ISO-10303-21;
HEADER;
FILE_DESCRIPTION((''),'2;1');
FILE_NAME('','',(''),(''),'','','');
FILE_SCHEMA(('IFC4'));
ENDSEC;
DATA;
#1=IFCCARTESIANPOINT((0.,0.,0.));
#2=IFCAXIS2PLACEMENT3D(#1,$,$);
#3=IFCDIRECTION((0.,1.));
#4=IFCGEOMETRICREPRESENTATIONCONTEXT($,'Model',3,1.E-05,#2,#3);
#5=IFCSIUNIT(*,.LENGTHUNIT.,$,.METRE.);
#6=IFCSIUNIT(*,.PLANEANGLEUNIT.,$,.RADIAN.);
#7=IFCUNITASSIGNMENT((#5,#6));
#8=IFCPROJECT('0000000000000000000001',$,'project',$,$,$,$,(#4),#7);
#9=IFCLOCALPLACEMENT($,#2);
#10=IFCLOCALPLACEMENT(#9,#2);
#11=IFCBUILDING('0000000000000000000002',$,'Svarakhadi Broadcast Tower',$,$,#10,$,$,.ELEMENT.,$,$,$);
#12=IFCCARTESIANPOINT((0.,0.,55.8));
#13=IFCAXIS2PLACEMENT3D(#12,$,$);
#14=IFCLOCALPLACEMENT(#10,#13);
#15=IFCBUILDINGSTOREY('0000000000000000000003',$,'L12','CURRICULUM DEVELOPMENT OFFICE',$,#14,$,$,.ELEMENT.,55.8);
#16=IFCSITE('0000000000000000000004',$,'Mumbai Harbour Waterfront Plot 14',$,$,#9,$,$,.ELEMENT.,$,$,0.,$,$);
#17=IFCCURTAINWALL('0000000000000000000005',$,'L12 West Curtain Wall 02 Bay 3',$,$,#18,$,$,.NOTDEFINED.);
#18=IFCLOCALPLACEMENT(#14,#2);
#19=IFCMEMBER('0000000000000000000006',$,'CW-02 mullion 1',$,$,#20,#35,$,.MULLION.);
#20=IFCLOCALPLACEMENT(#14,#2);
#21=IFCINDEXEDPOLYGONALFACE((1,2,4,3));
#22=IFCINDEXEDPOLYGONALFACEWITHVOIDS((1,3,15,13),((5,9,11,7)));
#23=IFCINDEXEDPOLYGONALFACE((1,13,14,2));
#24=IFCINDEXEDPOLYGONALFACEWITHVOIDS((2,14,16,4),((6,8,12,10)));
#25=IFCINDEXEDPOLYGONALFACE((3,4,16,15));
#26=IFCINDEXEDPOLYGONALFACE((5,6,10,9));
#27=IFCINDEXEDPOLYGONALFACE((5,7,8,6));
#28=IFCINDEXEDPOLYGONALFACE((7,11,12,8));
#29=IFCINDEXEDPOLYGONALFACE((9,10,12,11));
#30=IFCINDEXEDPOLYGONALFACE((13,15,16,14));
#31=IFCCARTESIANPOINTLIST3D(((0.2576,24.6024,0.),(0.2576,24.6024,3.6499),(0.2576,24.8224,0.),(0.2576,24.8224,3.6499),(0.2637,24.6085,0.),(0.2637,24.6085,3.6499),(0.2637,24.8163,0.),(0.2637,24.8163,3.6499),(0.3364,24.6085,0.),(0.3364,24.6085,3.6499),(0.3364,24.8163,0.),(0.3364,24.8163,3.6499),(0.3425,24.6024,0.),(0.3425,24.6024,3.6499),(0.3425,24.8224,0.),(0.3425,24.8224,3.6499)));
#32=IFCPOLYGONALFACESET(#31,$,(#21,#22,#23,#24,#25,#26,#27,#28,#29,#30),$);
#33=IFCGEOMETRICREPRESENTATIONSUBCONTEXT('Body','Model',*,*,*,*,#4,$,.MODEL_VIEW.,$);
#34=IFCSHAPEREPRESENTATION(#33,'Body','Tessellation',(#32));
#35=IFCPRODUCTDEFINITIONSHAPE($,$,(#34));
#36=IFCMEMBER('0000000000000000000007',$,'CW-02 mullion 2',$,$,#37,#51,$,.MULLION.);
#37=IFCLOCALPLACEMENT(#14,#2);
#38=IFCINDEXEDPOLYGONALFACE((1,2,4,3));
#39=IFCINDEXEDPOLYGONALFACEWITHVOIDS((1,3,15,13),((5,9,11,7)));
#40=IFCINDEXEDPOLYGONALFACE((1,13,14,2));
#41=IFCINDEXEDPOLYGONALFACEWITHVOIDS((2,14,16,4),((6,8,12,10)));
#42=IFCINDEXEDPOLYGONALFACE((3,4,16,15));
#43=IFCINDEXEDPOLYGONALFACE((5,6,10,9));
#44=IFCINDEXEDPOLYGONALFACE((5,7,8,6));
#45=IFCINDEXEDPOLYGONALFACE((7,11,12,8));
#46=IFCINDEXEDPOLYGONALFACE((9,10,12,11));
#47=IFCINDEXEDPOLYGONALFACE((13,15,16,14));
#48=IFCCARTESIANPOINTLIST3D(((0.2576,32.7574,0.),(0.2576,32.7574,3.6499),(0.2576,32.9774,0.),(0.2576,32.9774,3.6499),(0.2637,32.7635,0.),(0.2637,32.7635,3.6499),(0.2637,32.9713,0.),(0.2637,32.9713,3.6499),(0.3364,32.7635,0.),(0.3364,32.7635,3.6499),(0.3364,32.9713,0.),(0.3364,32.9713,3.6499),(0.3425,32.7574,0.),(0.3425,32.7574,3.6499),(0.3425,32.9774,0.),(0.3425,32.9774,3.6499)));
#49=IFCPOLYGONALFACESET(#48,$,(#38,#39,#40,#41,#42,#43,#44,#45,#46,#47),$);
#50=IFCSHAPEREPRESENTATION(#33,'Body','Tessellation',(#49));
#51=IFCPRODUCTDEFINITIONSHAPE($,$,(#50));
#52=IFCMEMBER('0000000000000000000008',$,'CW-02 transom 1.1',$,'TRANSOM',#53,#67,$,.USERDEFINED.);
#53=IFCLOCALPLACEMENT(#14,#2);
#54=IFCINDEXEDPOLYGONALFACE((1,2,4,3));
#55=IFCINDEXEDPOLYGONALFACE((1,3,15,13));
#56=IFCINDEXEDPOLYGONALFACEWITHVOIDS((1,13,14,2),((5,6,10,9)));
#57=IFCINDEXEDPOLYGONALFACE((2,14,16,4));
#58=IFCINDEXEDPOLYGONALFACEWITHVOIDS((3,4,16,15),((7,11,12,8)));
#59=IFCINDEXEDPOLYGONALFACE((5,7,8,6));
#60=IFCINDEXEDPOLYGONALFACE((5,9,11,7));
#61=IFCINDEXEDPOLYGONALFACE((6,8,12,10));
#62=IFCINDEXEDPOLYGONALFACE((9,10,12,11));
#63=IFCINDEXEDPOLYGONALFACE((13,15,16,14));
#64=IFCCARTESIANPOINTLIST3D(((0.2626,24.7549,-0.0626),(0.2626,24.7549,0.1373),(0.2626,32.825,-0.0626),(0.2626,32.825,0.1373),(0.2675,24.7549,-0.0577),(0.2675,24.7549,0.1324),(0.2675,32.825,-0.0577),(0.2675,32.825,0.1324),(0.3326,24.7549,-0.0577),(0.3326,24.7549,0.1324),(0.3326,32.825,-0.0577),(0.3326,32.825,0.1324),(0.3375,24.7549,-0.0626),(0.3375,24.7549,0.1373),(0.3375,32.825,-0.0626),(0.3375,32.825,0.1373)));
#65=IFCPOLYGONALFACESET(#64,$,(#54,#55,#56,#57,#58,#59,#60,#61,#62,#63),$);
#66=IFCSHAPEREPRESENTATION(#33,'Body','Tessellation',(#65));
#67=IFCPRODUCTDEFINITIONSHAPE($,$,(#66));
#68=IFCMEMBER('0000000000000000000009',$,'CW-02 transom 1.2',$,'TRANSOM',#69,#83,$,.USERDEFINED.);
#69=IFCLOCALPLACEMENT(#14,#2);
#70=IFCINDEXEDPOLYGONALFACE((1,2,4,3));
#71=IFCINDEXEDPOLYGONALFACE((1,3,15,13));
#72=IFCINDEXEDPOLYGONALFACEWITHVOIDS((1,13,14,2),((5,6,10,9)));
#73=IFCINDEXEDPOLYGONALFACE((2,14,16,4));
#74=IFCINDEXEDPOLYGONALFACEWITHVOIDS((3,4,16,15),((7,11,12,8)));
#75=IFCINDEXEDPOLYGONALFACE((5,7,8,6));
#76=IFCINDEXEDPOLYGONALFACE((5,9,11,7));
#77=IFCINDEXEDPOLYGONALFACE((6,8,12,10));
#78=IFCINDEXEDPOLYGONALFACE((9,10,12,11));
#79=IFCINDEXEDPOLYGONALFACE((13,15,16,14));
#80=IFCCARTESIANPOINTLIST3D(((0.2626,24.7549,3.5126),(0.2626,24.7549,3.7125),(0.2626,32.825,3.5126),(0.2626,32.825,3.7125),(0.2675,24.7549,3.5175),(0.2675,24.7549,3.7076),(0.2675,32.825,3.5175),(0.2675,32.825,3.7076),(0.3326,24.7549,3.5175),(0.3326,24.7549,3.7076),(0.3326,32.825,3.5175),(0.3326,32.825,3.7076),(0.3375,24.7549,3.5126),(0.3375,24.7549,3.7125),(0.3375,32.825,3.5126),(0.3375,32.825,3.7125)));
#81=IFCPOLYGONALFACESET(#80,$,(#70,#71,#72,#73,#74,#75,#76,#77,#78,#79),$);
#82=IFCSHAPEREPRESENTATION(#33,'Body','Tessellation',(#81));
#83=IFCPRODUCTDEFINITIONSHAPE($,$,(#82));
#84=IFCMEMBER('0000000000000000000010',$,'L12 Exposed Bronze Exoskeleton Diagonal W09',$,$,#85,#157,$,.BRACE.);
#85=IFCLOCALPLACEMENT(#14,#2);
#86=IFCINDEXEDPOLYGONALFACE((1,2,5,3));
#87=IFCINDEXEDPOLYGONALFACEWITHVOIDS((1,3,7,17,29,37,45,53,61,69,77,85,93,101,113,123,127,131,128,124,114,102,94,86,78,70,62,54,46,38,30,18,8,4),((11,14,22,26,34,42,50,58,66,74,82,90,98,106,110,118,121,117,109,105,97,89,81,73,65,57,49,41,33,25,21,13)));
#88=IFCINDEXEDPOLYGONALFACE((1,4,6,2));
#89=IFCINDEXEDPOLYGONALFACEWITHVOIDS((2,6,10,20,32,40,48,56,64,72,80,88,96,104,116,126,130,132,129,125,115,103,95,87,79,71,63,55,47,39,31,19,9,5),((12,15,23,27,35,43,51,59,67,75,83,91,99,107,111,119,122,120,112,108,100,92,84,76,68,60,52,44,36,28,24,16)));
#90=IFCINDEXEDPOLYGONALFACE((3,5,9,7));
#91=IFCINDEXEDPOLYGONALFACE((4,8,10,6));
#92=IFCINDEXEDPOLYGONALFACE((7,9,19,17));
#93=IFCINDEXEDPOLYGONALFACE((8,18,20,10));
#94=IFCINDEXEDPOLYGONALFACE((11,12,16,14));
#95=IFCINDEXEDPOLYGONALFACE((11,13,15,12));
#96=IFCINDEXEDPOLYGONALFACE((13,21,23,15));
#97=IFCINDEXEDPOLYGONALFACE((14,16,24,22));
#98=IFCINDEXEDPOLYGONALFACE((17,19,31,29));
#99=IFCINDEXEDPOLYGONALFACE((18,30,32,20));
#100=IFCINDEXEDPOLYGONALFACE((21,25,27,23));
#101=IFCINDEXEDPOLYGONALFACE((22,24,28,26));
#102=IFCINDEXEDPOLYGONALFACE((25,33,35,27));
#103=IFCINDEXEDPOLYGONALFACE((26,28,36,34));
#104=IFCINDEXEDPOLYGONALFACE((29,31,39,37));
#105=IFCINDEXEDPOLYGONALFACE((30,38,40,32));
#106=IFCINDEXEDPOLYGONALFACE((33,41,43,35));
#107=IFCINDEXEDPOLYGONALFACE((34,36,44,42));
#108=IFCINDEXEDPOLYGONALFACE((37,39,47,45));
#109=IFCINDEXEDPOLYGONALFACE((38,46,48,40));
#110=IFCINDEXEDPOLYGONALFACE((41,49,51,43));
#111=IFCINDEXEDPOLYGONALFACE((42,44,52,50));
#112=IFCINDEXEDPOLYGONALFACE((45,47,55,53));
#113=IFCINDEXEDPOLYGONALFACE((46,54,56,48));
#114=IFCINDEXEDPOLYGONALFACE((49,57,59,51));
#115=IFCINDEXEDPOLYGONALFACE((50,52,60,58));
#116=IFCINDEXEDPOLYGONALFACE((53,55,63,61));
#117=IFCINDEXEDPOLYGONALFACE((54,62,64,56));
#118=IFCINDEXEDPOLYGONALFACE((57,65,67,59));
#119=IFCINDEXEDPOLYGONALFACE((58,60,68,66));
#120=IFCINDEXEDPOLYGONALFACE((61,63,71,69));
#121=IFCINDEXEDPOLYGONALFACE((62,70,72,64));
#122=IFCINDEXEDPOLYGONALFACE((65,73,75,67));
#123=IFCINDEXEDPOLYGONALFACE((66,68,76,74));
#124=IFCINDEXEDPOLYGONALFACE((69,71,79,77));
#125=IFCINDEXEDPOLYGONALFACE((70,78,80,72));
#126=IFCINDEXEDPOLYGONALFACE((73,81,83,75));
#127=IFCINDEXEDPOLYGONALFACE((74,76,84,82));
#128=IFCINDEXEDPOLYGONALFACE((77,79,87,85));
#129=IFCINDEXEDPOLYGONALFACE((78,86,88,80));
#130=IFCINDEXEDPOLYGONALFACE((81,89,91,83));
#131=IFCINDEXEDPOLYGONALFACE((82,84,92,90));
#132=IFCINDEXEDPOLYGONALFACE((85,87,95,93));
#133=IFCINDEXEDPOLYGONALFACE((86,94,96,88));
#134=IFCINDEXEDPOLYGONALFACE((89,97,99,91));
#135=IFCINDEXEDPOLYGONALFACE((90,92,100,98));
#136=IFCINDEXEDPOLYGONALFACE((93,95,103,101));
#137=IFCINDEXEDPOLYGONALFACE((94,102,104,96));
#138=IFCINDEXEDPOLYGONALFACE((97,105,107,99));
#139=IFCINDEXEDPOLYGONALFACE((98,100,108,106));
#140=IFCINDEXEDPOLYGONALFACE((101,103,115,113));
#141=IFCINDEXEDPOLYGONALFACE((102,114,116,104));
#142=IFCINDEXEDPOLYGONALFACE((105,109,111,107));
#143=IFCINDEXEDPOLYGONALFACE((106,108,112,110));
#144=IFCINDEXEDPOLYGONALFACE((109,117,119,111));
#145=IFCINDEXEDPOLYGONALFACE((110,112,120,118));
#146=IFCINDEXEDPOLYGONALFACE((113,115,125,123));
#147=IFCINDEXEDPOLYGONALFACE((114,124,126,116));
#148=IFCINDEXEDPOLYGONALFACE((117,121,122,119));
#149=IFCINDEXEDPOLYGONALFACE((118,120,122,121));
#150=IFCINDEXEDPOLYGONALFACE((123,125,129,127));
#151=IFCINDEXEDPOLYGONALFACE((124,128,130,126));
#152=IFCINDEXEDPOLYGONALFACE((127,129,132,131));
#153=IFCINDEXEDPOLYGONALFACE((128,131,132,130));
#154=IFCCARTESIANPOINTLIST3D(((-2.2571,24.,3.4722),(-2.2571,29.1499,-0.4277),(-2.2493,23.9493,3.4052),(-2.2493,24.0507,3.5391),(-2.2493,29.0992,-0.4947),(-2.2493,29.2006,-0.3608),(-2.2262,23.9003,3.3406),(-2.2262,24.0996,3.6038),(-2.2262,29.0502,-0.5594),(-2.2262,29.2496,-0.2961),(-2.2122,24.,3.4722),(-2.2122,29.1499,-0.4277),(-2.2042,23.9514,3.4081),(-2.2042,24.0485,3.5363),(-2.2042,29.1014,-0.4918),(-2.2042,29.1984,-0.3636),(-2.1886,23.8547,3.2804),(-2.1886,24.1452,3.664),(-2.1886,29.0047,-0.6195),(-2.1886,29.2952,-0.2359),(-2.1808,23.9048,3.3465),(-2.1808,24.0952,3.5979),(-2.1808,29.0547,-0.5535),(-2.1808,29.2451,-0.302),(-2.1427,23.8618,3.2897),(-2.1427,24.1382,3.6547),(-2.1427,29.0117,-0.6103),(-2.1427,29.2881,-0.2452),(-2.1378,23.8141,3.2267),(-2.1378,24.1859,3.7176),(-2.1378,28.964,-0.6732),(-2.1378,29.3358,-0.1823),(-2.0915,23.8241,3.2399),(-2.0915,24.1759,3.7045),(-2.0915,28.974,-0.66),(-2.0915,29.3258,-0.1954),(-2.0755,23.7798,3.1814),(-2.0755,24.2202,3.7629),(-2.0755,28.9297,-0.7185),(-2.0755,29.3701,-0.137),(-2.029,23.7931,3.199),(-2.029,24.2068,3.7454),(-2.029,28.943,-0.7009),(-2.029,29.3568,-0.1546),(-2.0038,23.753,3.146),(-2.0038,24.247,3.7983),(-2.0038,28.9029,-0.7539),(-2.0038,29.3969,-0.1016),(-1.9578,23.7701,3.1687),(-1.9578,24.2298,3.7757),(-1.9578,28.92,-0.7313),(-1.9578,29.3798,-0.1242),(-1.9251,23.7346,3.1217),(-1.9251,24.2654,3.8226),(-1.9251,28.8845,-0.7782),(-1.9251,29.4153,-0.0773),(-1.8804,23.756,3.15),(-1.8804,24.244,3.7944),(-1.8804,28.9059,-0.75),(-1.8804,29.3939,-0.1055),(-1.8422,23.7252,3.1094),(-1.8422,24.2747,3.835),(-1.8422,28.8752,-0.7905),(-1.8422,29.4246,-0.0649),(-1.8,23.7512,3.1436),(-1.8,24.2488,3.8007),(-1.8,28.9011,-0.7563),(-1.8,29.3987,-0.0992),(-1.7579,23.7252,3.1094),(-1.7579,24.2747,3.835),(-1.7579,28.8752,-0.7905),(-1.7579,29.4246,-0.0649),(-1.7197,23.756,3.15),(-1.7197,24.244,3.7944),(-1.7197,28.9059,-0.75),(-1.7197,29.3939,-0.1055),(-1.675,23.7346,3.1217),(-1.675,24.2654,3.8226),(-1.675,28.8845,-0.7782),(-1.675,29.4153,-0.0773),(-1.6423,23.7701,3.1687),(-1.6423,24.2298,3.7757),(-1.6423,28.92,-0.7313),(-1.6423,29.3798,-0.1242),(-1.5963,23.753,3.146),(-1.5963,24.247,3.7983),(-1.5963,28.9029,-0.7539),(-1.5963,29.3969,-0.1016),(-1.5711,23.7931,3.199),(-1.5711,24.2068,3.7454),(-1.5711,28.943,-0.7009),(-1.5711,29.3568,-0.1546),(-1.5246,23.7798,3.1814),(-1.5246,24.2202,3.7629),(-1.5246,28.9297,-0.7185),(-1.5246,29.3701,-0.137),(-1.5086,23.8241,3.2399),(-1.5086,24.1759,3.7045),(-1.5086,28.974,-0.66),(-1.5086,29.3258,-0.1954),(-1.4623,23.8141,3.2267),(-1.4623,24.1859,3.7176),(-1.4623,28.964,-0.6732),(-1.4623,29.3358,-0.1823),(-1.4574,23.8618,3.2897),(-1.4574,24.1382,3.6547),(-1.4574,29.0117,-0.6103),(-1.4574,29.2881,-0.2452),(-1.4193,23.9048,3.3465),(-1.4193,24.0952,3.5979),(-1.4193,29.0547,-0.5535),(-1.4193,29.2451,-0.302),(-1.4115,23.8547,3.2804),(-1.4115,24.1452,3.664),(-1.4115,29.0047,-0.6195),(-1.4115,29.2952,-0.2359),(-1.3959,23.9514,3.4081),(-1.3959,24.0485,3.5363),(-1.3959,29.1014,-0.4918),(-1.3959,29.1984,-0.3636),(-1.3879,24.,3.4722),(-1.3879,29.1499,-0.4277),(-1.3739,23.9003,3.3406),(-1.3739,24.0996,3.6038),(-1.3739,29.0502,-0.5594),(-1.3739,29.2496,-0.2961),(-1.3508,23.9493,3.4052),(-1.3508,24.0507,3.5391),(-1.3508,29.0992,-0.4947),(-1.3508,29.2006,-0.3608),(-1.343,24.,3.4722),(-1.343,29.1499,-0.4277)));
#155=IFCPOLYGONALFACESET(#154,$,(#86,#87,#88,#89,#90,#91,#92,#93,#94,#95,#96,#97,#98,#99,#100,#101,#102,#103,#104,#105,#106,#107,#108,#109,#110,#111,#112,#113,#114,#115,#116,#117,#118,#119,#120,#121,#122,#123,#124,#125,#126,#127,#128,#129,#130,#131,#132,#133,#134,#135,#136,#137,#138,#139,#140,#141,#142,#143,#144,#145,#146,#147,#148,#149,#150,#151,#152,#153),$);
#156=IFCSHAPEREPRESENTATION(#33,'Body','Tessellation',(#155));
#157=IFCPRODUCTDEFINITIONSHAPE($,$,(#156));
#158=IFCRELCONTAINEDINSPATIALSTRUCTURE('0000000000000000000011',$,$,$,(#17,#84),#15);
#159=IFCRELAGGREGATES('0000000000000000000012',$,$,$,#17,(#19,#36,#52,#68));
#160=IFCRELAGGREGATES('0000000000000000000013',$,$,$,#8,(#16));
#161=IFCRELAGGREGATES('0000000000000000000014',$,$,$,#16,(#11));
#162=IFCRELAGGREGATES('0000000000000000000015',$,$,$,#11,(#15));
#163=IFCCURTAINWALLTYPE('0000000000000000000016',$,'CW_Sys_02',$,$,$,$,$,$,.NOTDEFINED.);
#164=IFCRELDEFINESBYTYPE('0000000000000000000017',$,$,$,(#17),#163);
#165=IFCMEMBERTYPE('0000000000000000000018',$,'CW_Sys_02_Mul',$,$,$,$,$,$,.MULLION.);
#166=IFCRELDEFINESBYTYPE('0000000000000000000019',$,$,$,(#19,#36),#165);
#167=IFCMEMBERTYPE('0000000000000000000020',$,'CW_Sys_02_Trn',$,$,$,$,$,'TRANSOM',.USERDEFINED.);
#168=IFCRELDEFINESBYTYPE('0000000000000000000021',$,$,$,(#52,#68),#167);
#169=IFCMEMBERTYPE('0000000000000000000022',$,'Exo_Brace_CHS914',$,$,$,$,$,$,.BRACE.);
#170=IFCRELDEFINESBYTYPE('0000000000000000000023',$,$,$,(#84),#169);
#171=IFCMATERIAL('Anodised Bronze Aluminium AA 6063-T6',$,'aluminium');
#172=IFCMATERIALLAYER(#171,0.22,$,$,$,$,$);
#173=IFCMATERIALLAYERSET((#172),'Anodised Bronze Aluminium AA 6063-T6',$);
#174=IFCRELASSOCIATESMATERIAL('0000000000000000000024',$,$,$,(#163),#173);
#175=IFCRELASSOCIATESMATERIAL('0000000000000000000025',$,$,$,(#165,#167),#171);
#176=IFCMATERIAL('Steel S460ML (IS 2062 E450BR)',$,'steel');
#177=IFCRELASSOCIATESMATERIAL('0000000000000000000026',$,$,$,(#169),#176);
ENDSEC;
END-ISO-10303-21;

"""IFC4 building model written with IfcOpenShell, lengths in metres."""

from ifc_helpers import new_model, si_unit, direction, frame, origin, origin_2d, place, context, subcontext, project, spatial, hollow_rectangle, hollow_circle, extrude, material, layer, layer_set, material_profile, profile_set, type_object, element, aggregate, save


model = new_model("IFC4")

# Units and contexts
model_context = context("Model", 3, precision=1e-05, world=origin(), true_north=direction((0.0, 1.0)))
body_context = subcontext(model_context, "Body", "Model", "MODEL_VIEW")
ifc_project = project(units=[si_unit("LENGTHUNIT", "METRE"), si_unit("PLANEANGLEUNIT", "RADIAN")], contexts=[model_context])

# Site, building, storey
site_placement = place(None, origin())
site = spatial("IfcSite", under=ifc_project, at=site_placement, Name="Mumbai Harbour Waterfront Plot 14", CompositionType="ELEMENT", RefElevation=0.0)
building_placement = place(site_placement, origin())
building = spatial("IfcBuilding", under=site, at=building_placement, Name="Svarakhadi Broadcast Tower", CompositionType="ELEMENT")
storey_placement = place(building_placement, frame((0.0, 0.0, 55.8)))
storey = spatial("IfcBuildingStorey", under=building, at=storey_placement, Name="L12", Description="CURRICULUM DEVELOPMENT OFFICE", CompositionType="ELEMENT", Elevation=55.8)

# Shared definitions
ifc_material_1 = material(Name="Steel S460ML (IS 2062 E450BR)", Category="steel")

# Curtain wall, members
ifc_material_2 = material(Name="Anodised Bronze Aluminium AA 6063-T6", Category="aluminium")
ifc_layer_1 = layer(ifc_material_2, 0.22)
ifc_layer_set_1 = layer_set([ifc_layer_1], Name="Anodised Bronze Aluminium AA 6063-T6")
curtain_wall_type = type_object("IfcCurtainWallType", Name="CW_Sys_02", PredefinedType="NOTDEFINED", material=ifc_layer_set_1)
curtain_wall_placement = place(storey_placement, origin())
curtain_wall = element("IfcCurtainWall", 1, at=curtain_wall_placement, inside=storey, type_object=curtain_wall_type, Name="L12 West Curtain Wall 02 Bay 3", PredefinedType="NOTDEFINED")
ifc_material_profile_1 = material_profile(ifc_material_2, hollow_rectangle(XDim=0.085, YDim=0.22, WallThickness=0.0061, at=origin_2d()), Name="ALU MULLION 220x85x6")
ifc_profile_set_1 = profile_set([ifc_material_profile_1], Name="Anodised Bronze Aluminium AA 6063-T6")
member_type_1 = type_object("IfcMemberType", Name="CW_Sys_02_Mul", PredefinedType="MULLION", material=ifc_profile_set_1)
member_1_placement = place(storey_placement, frame((0.3, 24.7124, 0.0), z_axis=(0.0, 0.0, 1.0), x_axis=(-1.0, 0.0, 0.0)))
member_1 = element("IfcMember", 2, at=member_1_placement, type_object=member_type_1, Name="CW-02 mullion 1", PredefinedType="MULLION", context=body_context, shape_type="SweptSolid", body=[
    extrude(hollow_rectangle(XDim=0.085, YDim=0.22, WallThickness=0.0061, at=origin_2d()), origin(), (0.0, 0.0, 1.0), 3.6499),
])
member_2_placement = place(storey_placement, frame((0.3, 32.8674, 0.0), z_axis=(0.0, 0.0, 1.0), x_axis=(-1.0, 0.0, 0.0)))
member_2 = element("IfcMember", 3, at=member_2_placement, type_object=member_type_1, Name="CW-02 mullion 2", PredefinedType="MULLION", context=body_context, shape_type="SweptSolid", body=[
    extrude(hollow_rectangle(XDim=0.085, YDim=0.22, WallThickness=0.0061, at=origin_2d()), origin(), (0.0, 0.0, 1.0), 3.6499),
])
ifc_material_profile_2 = material_profile(ifc_material_2, hollow_rectangle(XDim=0.075, YDim=0.2, WallThickness=0.0049, at=origin_2d()), Name="ALU TRANSOM 200x75x5")
ifc_profile_set_2 = profile_set([ifc_material_profile_2], Name="Anodised Bronze Aluminium AA 6063-T6")
member_type_2 = type_object("IfcMemberType", Name="CW_Sys_02_Trn", ElementType="TRANSOM", PredefinedType="USERDEFINED", material=ifc_profile_set_2)
member_3_placement = place(storey_placement, frame((0.3, 24.7549, 0.0374), z_axis=(0.0, 1.0, 0.0), x_axis=(-1.0, 0.0, 0.0)))
member_3 = element("IfcMember", 4, at=member_3_placement, type_object=member_type_2, Name="CW-02 transom 1.1", ObjectType="TRANSOM", PredefinedType="USERDEFINED", context=body_context, shape_type="SweptSolid", body=[
    extrude(hollow_rectangle(XDim=0.075, YDim=0.2, WallThickness=0.0049, at=origin_2d()), origin(), (0.0, 0.0, 1.0), 8.0701),
])
member_4_placement = place(storey_placement, frame((0.3, 24.7549, 3.6125), z_axis=(0.0, 1.0, 0.0), x_axis=(-1.0, 0.0, 0.0)))
member_4 = element("IfcMember", 5, at=member_4_placement, type_object=member_type_2, Name="CW-02 transom 1.2", ObjectType="TRANSOM", PredefinedType="USERDEFINED", context=body_context, shape_type="SweptSolid", body=[
    extrude(hollow_rectangle(XDim=0.075, YDim=0.2, WallThickness=0.0049, at=origin_2d()), origin(), (0.0, 0.0, 1.0), 8.0701),
])

# Member
ifc_material_profile_3 = material_profile(ifc_material_1, hollow_circle(Radius=0.457, WallThickness=0.0449, at=origin_2d()), Name="CHS 914x45")
ifc_profile_set_3 = profile_set([ifc_material_profile_3], Name="Steel S460ML (IS 2062 E450BR)")
member_type_3 = type_object("IfcMemberType", Name="Exo_Brace_CHS914", PredefinedType="BRACE", material=ifc_profile_set_3)
member_5_placement = place(storey_placement, frame((-1.8, 29.1499, -0.4277), z_axis=(0.0, -0.797207, 0.603706), x_axis=(1.0, 0.0, 0.0)))
element("IfcMember", 6, at=member_5_placement, inside=storey, type_object=member_type_3, Name="L12 Exposed Bronze Exoskeleton Diagonal W09", PredefinedType="BRACE", context=body_context, shape_type="SweptSolid", body=[
    extrude(hollow_circle(Radius=0.457, WallThickness=0.0449, at=origin_2d()), origin(), (0.0, 0.0, 1.0), 6.46),
])

aggregate(curtain_wall, [member_1, member_2, member_3, member_4])

save(model, "model.ifc")
